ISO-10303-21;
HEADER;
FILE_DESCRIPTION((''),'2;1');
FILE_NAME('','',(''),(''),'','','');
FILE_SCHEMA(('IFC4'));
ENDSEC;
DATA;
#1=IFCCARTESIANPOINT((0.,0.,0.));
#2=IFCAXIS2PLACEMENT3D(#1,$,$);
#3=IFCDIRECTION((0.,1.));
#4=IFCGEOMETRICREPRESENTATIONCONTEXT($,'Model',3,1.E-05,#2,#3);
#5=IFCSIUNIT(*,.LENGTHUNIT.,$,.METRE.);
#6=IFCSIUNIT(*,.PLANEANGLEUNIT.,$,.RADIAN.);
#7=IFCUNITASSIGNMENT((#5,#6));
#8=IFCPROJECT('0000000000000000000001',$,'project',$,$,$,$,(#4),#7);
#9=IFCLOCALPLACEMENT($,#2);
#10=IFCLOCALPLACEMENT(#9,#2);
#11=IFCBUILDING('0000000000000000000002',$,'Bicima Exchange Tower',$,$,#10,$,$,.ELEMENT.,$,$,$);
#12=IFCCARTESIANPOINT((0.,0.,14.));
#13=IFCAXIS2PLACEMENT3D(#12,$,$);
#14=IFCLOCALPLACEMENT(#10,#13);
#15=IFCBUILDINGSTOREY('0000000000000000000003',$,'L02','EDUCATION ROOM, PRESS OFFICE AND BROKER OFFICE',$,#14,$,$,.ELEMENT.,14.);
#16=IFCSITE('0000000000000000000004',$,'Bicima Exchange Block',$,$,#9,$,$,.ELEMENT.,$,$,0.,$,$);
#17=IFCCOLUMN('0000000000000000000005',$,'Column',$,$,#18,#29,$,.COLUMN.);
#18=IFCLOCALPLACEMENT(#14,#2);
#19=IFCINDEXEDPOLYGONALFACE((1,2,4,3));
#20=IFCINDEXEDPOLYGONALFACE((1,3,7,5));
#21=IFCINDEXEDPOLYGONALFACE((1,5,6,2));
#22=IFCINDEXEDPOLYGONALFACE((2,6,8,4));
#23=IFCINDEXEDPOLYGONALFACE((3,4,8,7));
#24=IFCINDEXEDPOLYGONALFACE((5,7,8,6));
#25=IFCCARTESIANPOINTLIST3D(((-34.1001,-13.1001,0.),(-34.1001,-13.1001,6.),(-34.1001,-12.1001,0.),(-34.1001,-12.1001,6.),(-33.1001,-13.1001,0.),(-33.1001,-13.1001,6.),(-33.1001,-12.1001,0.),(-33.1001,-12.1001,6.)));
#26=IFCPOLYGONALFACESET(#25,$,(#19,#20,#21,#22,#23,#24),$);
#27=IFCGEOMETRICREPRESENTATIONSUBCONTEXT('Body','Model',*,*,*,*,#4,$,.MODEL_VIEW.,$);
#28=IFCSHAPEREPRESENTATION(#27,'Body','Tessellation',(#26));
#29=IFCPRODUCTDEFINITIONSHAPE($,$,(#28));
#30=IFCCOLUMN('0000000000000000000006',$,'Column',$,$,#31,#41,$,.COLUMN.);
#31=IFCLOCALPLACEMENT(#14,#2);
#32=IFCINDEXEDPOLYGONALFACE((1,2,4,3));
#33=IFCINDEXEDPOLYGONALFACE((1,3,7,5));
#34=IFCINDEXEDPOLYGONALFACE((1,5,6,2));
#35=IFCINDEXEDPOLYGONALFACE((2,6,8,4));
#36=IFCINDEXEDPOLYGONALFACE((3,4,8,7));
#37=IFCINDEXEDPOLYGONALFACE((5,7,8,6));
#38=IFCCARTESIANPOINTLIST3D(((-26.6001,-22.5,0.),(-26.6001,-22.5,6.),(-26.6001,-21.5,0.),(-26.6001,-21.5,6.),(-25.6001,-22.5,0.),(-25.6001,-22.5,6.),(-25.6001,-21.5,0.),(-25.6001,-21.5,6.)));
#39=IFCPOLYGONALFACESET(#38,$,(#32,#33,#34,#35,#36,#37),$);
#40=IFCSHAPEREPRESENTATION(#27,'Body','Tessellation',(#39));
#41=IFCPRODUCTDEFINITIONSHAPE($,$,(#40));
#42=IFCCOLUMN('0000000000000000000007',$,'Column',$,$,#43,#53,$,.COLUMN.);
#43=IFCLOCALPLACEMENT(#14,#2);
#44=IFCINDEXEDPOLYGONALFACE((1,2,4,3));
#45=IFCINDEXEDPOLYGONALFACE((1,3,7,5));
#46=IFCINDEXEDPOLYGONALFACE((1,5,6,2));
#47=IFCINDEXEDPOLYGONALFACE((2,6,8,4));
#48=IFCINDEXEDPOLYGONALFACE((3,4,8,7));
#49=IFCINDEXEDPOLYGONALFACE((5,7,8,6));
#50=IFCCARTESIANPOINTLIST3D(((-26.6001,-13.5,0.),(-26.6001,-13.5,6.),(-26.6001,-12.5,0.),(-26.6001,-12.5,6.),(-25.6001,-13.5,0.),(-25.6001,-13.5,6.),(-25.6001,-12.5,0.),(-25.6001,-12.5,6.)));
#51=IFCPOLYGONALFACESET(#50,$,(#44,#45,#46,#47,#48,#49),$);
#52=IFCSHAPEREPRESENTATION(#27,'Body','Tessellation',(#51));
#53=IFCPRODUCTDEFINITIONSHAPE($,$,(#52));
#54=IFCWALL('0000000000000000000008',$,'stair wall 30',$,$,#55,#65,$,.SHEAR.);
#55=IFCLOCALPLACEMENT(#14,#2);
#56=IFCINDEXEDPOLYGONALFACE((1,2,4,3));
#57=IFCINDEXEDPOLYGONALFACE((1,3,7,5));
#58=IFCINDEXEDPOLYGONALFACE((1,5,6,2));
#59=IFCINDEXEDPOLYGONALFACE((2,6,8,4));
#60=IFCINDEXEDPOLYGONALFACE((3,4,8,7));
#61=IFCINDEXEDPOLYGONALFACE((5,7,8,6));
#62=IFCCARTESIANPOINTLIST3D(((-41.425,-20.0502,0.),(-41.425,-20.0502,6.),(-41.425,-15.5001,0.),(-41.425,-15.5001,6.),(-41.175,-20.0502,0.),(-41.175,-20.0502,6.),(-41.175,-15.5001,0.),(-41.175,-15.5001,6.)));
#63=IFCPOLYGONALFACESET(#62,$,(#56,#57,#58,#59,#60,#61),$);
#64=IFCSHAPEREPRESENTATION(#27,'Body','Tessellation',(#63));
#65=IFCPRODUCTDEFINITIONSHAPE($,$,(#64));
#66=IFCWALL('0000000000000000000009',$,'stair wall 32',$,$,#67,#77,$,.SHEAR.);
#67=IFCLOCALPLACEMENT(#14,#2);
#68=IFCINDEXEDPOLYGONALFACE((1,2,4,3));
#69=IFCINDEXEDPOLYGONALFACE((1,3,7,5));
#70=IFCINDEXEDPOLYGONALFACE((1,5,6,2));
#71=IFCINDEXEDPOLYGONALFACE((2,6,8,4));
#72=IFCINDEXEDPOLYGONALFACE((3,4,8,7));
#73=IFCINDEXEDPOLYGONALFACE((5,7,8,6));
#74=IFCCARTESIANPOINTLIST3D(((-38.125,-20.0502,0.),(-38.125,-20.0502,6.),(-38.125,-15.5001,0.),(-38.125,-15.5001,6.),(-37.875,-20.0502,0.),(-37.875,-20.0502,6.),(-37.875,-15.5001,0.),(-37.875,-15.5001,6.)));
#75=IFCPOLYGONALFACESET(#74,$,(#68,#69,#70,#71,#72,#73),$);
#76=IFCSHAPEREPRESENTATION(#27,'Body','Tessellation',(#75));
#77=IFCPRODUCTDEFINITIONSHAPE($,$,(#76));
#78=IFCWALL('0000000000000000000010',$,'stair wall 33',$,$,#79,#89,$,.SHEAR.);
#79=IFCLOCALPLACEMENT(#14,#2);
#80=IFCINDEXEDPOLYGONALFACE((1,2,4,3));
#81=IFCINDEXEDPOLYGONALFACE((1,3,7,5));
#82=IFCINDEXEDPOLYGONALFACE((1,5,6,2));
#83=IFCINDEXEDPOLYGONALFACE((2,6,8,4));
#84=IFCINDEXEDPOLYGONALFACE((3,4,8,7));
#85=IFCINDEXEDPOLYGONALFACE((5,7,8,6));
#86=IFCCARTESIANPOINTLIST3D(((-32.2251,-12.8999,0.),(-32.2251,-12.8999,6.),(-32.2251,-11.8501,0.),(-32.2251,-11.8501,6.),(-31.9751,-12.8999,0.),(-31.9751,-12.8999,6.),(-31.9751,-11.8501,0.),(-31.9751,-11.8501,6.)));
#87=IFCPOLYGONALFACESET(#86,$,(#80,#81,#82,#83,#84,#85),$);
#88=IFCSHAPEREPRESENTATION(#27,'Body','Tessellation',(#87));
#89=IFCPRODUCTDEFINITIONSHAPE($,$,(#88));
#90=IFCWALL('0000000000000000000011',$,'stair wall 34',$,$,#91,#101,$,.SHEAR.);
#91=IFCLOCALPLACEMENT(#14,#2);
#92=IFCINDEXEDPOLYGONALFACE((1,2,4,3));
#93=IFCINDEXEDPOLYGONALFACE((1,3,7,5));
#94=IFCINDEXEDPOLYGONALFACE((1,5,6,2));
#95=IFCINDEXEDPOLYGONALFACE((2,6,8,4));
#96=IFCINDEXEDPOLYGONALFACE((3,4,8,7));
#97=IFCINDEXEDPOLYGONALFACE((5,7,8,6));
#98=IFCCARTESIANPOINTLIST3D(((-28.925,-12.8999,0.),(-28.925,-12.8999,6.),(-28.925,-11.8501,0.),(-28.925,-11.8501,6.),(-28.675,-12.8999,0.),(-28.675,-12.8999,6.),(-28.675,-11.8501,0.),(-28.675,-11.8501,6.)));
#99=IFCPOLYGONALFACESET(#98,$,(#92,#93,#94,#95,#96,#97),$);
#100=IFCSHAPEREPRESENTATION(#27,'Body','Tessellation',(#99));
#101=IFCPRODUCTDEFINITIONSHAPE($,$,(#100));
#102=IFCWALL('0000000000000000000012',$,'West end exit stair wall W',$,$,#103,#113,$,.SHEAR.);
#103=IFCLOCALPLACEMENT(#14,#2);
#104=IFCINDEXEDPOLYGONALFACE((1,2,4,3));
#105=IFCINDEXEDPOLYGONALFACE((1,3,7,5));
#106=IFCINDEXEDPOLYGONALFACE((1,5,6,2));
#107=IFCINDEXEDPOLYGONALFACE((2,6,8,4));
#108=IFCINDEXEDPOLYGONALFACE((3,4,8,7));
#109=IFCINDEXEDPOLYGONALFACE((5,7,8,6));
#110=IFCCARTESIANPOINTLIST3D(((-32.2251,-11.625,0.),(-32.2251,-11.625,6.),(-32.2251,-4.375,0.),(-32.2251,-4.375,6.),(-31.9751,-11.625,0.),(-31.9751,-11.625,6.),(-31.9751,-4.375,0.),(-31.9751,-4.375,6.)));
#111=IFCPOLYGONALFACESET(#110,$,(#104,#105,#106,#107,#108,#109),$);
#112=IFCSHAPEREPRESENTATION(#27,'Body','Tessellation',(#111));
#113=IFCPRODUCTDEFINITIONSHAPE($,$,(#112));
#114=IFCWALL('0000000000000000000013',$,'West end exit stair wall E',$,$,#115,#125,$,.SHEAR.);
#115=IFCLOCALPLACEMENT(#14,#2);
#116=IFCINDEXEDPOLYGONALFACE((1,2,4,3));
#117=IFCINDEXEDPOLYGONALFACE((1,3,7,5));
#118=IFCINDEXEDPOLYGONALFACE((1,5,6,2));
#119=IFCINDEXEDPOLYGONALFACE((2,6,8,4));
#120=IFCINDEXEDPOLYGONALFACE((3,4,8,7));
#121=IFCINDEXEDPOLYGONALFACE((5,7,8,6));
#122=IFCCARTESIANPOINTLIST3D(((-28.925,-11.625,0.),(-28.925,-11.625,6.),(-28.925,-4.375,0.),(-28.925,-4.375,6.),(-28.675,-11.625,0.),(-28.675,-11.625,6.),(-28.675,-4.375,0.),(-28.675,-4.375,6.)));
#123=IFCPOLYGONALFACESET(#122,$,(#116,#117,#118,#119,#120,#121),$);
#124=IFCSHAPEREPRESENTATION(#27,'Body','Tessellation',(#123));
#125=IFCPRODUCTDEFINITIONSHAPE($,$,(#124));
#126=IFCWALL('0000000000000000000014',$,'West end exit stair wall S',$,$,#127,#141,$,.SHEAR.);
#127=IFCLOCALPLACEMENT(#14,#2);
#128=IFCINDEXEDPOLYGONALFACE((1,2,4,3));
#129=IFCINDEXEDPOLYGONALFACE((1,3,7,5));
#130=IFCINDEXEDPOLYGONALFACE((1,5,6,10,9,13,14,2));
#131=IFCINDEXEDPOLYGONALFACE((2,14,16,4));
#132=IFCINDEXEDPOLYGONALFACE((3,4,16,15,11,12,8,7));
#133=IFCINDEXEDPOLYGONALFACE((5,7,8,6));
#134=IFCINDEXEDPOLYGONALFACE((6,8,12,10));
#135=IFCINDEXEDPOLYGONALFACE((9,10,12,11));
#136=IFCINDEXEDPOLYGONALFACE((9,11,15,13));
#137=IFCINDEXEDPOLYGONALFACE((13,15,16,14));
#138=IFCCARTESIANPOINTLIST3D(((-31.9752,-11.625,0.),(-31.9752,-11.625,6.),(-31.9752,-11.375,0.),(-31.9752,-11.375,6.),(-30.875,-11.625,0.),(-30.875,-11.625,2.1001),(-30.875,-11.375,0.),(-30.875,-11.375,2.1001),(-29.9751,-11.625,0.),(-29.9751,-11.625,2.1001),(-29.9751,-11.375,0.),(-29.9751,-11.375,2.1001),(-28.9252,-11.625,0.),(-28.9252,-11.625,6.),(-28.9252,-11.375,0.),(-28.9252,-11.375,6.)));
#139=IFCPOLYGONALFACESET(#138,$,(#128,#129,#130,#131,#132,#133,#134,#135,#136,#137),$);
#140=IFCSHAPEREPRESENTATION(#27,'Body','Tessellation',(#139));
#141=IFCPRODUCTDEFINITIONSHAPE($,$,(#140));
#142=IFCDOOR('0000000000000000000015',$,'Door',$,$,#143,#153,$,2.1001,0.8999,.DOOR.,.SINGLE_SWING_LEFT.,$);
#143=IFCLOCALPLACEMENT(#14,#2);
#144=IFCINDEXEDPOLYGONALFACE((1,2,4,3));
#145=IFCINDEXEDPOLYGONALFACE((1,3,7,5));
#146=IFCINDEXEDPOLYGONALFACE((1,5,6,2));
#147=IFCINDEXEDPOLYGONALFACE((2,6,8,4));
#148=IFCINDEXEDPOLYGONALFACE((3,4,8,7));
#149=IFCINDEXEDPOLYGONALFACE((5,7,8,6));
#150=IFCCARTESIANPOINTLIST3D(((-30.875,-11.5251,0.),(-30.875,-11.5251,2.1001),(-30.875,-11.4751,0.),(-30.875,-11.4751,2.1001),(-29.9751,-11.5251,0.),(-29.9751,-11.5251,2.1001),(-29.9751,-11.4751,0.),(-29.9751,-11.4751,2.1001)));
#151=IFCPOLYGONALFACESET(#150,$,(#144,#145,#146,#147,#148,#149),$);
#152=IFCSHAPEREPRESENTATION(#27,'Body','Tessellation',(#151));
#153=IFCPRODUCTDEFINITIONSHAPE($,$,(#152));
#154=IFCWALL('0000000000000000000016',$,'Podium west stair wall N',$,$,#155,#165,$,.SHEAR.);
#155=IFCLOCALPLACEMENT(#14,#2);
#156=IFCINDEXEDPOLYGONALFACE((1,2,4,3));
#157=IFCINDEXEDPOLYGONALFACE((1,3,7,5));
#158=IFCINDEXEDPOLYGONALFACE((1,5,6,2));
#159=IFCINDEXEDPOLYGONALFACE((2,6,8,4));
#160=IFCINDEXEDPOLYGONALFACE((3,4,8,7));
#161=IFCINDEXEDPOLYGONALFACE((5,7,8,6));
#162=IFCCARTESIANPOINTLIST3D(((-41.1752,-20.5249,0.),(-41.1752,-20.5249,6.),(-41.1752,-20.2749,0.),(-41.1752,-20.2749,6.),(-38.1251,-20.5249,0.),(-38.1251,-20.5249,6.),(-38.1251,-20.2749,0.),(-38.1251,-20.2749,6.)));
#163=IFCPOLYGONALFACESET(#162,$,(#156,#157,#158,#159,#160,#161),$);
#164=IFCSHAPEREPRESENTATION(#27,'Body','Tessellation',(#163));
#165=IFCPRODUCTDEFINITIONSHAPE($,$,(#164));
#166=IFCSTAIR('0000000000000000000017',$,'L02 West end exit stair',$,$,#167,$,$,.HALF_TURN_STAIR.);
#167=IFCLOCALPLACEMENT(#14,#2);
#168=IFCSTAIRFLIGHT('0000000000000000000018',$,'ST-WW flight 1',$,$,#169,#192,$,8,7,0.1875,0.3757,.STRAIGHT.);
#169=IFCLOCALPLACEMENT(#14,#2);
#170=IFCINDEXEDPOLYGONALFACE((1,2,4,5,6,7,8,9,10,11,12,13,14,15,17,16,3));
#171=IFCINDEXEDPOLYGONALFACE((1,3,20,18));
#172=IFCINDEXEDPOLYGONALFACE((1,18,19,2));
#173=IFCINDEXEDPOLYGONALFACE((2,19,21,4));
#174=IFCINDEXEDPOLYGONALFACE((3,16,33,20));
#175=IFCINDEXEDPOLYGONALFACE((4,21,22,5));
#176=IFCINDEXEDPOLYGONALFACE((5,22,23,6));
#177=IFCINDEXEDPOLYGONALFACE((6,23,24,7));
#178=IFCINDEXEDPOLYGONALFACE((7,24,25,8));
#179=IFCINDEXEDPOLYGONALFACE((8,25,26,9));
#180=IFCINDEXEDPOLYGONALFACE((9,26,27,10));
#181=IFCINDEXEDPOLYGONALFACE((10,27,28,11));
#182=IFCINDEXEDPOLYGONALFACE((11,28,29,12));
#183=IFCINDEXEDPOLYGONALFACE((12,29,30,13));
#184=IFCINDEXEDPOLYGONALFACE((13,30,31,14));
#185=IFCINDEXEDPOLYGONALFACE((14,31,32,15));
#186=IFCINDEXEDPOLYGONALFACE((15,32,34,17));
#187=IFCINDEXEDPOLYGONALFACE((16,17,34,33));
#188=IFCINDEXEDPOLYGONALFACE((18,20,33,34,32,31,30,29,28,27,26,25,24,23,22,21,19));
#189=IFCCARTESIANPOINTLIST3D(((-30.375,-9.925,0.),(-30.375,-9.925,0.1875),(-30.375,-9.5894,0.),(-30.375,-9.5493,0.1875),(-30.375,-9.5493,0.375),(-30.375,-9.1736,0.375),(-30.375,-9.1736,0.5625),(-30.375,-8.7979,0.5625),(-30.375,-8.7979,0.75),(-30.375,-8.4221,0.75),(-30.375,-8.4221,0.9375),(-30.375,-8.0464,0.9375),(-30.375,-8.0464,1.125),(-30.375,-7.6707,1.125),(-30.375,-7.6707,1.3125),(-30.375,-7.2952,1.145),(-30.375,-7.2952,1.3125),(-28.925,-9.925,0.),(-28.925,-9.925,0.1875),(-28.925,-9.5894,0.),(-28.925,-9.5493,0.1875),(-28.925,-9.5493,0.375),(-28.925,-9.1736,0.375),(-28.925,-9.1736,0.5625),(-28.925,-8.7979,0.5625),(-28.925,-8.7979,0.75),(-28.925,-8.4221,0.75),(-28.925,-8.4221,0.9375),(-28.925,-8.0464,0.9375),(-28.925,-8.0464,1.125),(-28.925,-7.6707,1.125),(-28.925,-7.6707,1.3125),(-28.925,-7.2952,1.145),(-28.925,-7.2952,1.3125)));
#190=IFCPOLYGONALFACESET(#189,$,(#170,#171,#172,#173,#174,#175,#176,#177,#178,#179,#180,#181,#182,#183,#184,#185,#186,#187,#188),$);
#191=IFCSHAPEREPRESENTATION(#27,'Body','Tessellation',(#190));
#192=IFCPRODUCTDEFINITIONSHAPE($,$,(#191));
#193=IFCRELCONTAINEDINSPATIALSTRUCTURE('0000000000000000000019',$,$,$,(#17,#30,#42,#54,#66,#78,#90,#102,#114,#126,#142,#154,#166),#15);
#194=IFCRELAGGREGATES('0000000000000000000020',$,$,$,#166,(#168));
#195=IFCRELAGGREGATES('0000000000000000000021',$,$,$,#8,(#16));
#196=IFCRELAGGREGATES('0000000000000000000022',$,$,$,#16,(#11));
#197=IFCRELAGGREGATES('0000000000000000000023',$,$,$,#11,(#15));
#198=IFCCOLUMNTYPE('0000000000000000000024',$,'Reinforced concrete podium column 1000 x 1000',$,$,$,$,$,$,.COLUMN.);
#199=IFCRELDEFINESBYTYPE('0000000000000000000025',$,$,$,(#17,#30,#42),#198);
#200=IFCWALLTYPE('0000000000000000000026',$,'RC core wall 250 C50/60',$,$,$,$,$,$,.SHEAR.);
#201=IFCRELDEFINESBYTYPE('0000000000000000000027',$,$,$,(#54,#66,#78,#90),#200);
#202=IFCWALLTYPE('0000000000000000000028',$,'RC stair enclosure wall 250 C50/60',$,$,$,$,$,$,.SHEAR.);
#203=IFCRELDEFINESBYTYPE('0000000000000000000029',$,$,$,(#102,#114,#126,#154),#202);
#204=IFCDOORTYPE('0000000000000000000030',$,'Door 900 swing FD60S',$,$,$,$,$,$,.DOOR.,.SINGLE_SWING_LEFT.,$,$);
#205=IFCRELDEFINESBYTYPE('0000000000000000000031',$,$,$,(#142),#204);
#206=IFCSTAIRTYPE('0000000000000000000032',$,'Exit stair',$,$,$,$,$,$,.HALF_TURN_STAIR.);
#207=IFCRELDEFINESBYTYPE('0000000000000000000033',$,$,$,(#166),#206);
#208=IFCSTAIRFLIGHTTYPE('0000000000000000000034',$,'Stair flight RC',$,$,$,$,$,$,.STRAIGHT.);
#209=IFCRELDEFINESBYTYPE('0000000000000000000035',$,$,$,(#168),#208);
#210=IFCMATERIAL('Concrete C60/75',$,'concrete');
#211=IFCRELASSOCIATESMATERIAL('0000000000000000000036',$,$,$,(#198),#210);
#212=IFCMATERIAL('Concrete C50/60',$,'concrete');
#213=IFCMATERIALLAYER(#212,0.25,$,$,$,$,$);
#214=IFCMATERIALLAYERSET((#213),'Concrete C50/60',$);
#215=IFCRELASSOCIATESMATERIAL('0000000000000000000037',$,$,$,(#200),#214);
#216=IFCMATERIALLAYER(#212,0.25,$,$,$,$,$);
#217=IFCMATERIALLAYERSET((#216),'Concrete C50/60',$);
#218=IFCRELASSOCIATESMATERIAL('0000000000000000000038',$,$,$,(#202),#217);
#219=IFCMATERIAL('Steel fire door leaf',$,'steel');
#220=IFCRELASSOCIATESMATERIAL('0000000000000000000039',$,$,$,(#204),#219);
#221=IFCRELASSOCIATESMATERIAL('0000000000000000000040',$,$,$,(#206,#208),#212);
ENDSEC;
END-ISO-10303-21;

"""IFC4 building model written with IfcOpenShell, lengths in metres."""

from ifc_helpers import new_model, si_unit, direction, frame, frame_2d, origin, origin_2d, place, context, subcontext, project, spatial, polyline, rectangle, outline, extrude, material, layer, layer_set, material_profile, profile_set, type_object, element, fill, aggregate, save


model = new_model("IFC4")

# Units and contexts
model_context = context("Model", 3, precision=1e-05, world=origin(), true_north=direction((0.0, 1.0)))
body_context = subcontext(model_context, "Body", "Model", "MODEL_VIEW")
ifc_project = project(units=[si_unit("LENGTHUNIT", "METRE"), si_unit("PLANEANGLEUNIT", "RADIAN")], contexts=[model_context])

# Site, building, storey
site_placement = place(None, origin())
site = spatial("IfcSite", under=ifc_project, at=site_placement, Name="Bicima Exchange Block", CompositionType="ELEMENT", RefElevation=0.0)
building_placement = place(site_placement, origin())
building = spatial("IfcBuilding", under=site, at=building_placement, Name="Bicima Exchange Tower", CompositionType="ELEMENT")
storey_placement = place(building_placement, frame((0.0, 0.0, 14.0)))
storey = spatial("IfcBuildingStorey", under=building, at=storey_placement, Name="L02", Description="EDUCATION ROOM, PRESS OFFICE AND BROKER OFFICE", CompositionType="ELEMENT", Elevation=14.0)

# Columns
ifc_material_1 = material(Name="Concrete C60/75", Category="concrete")
ifc_material_profile = material_profile(ifc_material_1, rectangle(XDim=1.0, YDim=1.0, at=origin_2d()))
ifc_profile_set = profile_set([ifc_material_profile], Name="Concrete C60/75")
column_type = type_object("IfcColumnType", Name="Reinforced concrete podium column 1000 x 1000", PredefinedType="COLUMN", material=ifc_profile_set)
for number, where, z_axis, x_axis, name in (
    (1, (-33.6001, -12.6001, 0.0), (0.0, 0.0, 1.0), (1.0, 0.0, 0.0), "Column"),
    (2, (-26.1001, -22.0, 0.0), (0.0, 0.0, 1.0), (1.0, 0.0, 0.0), "Column"),
    (3, (-26.1001, -13.0, 0.0), (0.0, 0.0, 1.0), (1.0, 0.0, 0.0), "Column"),
):
    element("IfcColumn", number, at=place(storey_placement, frame(where, z_axis=z_axis, x_axis=x_axis)), inside=storey, type_object=column_type, Name=name, PredefinedType="COLUMN", context=body_context, shape_type="SweptSolid", body=[
        extrude(rectangle(XDim=1.0, YDim=1.0, at=origin_2d()), origin(), (0.0, 0.0, 1.0), 6.0),
    ])

# Walls
ifc_material_2 = material(Name="Concrete C50/60", Category="concrete")
ifc_layer_1 = layer(ifc_material_2, 0.25)
ifc_layer_set_1 = layer_set([ifc_layer_1], Name="Concrete C50/60")
wall_type_1 = type_object("IfcWallType", Name="RC core wall 250 C50/60", PredefinedType="SHEAR", material=ifc_layer_set_1)
for number, where, z_axis, x_axis, name in (
    (4, (-41.3, -20.05, 0.0), (0.0, 0.0, 1.0), (0.0, 1.0, 0.0), "stair wall 30"),
    (5, (-38.0, -20.05, 0.0), (0.0, 0.0, 1.0), (0.0, 1.0, 0.0), "stair wall 32"),
):
    element("IfcWall", number, at=place(storey_placement, frame(where, z_axis=z_axis, x_axis=x_axis)), inside=storey, type_object=wall_type_1, Name=name, PredefinedType="SHEAR", context=body_context, shape_type="SweptSolid", body=[
        extrude(rectangle(XDim=4.55, YDim=0.25, at=frame_2d((2.2749, 0.0))), origin(), (0.0, 0.0, 1.0), 6.0),
    ])
for number, where, z_axis, x_axis, name in (
    (6, (-32.1001, -12.8999, 0.0), (0.0, 0.0, 1.0), (0.0, 1.0, 0.0), "stair wall 33"),
    (7, (-28.8, -12.8999, 0.0), (0.0, 0.0, 1.0), (0.0, 1.0, 0.0), "stair wall 34"),
):
    element("IfcWall", number, at=place(storey_placement, frame(where, z_axis=z_axis, x_axis=x_axis)), inside=storey, type_object=wall_type_1, Name=name, PredefinedType="SHEAR", context=body_context, shape_type="SweptSolid", body=[
        extrude(rectangle(XDim=1.0498, YDim=0.25, at=frame_2d((0.5249, 0.0))), origin(), (0.0, 0.0, 1.0), 6.0),
    ])
ifc_layer_2 = layer(ifc_material_2, 0.25)
ifc_layer_set_2 = layer_set([ifc_layer_2], Name="Concrete C50/60")
wall_type_2 = type_object("IfcWallType", Name="RC stair enclosure wall 250 C50/60", PredefinedType="SHEAR", material=ifc_layer_set_2)
for number, where, z_axis, x_axis, name in (
    (8, (-32.1001, -11.625, 0.0), (0.0, 0.0, 1.0), (0.0, 1.0, 0.0), "West end exit stair wall W"),
    (9, (-28.8, -11.625, 0.0), (0.0, 0.0, 1.0), (0.0, 1.0, 0.0), "West end exit stair wall E"),
):
    element("IfcWall", number, at=place(storey_placement, frame(where, z_axis=z_axis, x_axis=x_axis)), inside=storey, type_object=wall_type_2, Name=name, PredefinedType="SHEAR", context=body_context, shape_type="SweptSolid", body=[
        extrude(rectangle(XDim=7.25, YDim=0.25, at=frame_2d((3.625, 0.0))), origin(), (0.0, 0.0, 1.0), 6.0),
    ])

# Wall, opening, door
wall_1_placement = place(storey_placement, frame((-31.9751, -11.5, 0.0), z_axis=(0.0, 0.0, 1.0), x_axis=(1.0, 0.0, 0.0)))
wall_1 = element("IfcWall", 10, at=wall_1_placement, inside=storey, type_object=wall_type_2, Name="West end exit stair wall S", PredefinedType="SHEAR", context=body_context, shape_type="SweptSolid", body=[
    extrude(rectangle(XDim=3.05, YDim=0.25, at=frame_2d((1.5249, 0.0))), origin(), (0.0, 0.0, 1.0), 6.0),
])
opening_placement = place(wall_1_placement, frame((1.1001, 0.0, 0.0)))
opening = element("IfcOpeningElement", 11, at=opening_placement, cuts=wall_1, PredefinedType="OPENING", context=body_context, shape_type="SweptSolid", body=[
    extrude(rectangle(XDim=0.8999, YDim=2.1001, at=frame_2d((0.45, 1.05))), frame((0.0, 0.137, 0.0), z_axis=(0.0, -1.0, 0.0), x_axis=(1.0, 0.0, 0.0)), (0.0, 0.0, 1.0), 0.2739),
])
ifc_material_3 = material(Name="Steel fire door leaf", Category="steel")
door_type = type_object("IfcDoorType", Name="Door 900 swing FD60S", OperationType="SINGLE_SWING_LEFT", PredefinedType="DOOR", material=ifc_material_3)
door_placement = place(opening_placement, origin())
door = element("IfcDoor", 12, at=door_placement, inside=storey, type_object=door_type, Name="Door", OperationType="SINGLE_SWING_LEFT", OverallHeight=2.1001, OverallWidth=0.8999, PredefinedType="DOOR", context=body_context, shape_type="SweptSolid", body=[
    extrude(rectangle(XDim=0.8999, YDim=2.1001, at=frame_2d((0.45, 1.05))), frame((0.0, 0.0249, 0.0), z_axis=(0.0, -1.0, 0.0), x_axis=(1.0, 0.0, 0.0)), (0.0, 0.0, 1.0), 0.05),
])
fill(opening, door)

# Wall
wall_2_placement = place(storey_placement, frame((-41.175, -20.3999, 0.0), z_axis=(0.0, 0.0, 1.0), x_axis=(1.0, 0.0, 0.0)))
element("IfcWall", 13, at=wall_2_placement, inside=storey, type_object=wall_type_2, Name="Podium west stair wall N", PredefinedType="SHEAR", context=body_context, shape_type="SweptSolid", body=[
    extrude(rectangle(XDim=3.05, YDim=0.25, at=frame_2d((1.5249, 0.0))), origin(), (0.0, 0.0, 1.0), 6.0),
])

# Stair, stair flight
stair_type = type_object("IfcStairType", Name="Exit stair", PredefinedType="HALF_TURN_STAIR", material=ifc_material_2)
stair_placement = place(storey_placement, origin())
stair = element("IfcStair", 14, at=stair_placement, inside=storey, type_object=stair_type, Name="L02 West end exit stair", PredefinedType="HALF_TURN_STAIR")
stair_flight_type = type_object("IfcStairFlightType", Name="Stair flight RC", PredefinedType="STRAIGHT", material=ifc_material_2)
stair_flight_1_placement = place(storey_placement, frame((-29.6499, -9.925, 0.0), z_axis=(0.0, 0.0, 1.0), x_axis=(0.0, 1.0, 0.0)))
stair_flight_1 = element("IfcStairFlight", 15, at=stair_flight_1_placement, type_object=stair_flight_type, Name="ST-WW flight 1", NumberOfRisers=8, NumberOfTreads=7, PredefinedType="STRAIGHT", RiserHeight=0.1875, TreadLength=0.3757, context=body_context, shape_type="SweptSolid", body=[
    extrude(outline(polyline([(0.0, 0.0), (0.0, 0.1875), (0.3757, 0.1875), (0.3757, 0.375), (0.7515, 0.375), (0.7515, 0.5625), (1.1272, 0.5625), (1.1272, 0.75), (1.5029, 0.75), (1.5029, 0.9375), (1.8787, 0.9375), (1.8787, 1.125), (2.2544, 1.125), (2.2544, 1.3125), (2.6299, 1.3125), (2.6299, 1.5), (2.6299, 1.145), (0.3357, 0.0), (0.0, 0.0)])), frame((0.0, 0.7251, 0.0), z_axis=(0.0, -1.0, 0.0), x_axis=(1.0, 0.0, 0.0)), (0.0, 0.0, 1.0), 1.45),
])
aggregate(stair, [stair_flight_1])

save(model, "model.ifc")
